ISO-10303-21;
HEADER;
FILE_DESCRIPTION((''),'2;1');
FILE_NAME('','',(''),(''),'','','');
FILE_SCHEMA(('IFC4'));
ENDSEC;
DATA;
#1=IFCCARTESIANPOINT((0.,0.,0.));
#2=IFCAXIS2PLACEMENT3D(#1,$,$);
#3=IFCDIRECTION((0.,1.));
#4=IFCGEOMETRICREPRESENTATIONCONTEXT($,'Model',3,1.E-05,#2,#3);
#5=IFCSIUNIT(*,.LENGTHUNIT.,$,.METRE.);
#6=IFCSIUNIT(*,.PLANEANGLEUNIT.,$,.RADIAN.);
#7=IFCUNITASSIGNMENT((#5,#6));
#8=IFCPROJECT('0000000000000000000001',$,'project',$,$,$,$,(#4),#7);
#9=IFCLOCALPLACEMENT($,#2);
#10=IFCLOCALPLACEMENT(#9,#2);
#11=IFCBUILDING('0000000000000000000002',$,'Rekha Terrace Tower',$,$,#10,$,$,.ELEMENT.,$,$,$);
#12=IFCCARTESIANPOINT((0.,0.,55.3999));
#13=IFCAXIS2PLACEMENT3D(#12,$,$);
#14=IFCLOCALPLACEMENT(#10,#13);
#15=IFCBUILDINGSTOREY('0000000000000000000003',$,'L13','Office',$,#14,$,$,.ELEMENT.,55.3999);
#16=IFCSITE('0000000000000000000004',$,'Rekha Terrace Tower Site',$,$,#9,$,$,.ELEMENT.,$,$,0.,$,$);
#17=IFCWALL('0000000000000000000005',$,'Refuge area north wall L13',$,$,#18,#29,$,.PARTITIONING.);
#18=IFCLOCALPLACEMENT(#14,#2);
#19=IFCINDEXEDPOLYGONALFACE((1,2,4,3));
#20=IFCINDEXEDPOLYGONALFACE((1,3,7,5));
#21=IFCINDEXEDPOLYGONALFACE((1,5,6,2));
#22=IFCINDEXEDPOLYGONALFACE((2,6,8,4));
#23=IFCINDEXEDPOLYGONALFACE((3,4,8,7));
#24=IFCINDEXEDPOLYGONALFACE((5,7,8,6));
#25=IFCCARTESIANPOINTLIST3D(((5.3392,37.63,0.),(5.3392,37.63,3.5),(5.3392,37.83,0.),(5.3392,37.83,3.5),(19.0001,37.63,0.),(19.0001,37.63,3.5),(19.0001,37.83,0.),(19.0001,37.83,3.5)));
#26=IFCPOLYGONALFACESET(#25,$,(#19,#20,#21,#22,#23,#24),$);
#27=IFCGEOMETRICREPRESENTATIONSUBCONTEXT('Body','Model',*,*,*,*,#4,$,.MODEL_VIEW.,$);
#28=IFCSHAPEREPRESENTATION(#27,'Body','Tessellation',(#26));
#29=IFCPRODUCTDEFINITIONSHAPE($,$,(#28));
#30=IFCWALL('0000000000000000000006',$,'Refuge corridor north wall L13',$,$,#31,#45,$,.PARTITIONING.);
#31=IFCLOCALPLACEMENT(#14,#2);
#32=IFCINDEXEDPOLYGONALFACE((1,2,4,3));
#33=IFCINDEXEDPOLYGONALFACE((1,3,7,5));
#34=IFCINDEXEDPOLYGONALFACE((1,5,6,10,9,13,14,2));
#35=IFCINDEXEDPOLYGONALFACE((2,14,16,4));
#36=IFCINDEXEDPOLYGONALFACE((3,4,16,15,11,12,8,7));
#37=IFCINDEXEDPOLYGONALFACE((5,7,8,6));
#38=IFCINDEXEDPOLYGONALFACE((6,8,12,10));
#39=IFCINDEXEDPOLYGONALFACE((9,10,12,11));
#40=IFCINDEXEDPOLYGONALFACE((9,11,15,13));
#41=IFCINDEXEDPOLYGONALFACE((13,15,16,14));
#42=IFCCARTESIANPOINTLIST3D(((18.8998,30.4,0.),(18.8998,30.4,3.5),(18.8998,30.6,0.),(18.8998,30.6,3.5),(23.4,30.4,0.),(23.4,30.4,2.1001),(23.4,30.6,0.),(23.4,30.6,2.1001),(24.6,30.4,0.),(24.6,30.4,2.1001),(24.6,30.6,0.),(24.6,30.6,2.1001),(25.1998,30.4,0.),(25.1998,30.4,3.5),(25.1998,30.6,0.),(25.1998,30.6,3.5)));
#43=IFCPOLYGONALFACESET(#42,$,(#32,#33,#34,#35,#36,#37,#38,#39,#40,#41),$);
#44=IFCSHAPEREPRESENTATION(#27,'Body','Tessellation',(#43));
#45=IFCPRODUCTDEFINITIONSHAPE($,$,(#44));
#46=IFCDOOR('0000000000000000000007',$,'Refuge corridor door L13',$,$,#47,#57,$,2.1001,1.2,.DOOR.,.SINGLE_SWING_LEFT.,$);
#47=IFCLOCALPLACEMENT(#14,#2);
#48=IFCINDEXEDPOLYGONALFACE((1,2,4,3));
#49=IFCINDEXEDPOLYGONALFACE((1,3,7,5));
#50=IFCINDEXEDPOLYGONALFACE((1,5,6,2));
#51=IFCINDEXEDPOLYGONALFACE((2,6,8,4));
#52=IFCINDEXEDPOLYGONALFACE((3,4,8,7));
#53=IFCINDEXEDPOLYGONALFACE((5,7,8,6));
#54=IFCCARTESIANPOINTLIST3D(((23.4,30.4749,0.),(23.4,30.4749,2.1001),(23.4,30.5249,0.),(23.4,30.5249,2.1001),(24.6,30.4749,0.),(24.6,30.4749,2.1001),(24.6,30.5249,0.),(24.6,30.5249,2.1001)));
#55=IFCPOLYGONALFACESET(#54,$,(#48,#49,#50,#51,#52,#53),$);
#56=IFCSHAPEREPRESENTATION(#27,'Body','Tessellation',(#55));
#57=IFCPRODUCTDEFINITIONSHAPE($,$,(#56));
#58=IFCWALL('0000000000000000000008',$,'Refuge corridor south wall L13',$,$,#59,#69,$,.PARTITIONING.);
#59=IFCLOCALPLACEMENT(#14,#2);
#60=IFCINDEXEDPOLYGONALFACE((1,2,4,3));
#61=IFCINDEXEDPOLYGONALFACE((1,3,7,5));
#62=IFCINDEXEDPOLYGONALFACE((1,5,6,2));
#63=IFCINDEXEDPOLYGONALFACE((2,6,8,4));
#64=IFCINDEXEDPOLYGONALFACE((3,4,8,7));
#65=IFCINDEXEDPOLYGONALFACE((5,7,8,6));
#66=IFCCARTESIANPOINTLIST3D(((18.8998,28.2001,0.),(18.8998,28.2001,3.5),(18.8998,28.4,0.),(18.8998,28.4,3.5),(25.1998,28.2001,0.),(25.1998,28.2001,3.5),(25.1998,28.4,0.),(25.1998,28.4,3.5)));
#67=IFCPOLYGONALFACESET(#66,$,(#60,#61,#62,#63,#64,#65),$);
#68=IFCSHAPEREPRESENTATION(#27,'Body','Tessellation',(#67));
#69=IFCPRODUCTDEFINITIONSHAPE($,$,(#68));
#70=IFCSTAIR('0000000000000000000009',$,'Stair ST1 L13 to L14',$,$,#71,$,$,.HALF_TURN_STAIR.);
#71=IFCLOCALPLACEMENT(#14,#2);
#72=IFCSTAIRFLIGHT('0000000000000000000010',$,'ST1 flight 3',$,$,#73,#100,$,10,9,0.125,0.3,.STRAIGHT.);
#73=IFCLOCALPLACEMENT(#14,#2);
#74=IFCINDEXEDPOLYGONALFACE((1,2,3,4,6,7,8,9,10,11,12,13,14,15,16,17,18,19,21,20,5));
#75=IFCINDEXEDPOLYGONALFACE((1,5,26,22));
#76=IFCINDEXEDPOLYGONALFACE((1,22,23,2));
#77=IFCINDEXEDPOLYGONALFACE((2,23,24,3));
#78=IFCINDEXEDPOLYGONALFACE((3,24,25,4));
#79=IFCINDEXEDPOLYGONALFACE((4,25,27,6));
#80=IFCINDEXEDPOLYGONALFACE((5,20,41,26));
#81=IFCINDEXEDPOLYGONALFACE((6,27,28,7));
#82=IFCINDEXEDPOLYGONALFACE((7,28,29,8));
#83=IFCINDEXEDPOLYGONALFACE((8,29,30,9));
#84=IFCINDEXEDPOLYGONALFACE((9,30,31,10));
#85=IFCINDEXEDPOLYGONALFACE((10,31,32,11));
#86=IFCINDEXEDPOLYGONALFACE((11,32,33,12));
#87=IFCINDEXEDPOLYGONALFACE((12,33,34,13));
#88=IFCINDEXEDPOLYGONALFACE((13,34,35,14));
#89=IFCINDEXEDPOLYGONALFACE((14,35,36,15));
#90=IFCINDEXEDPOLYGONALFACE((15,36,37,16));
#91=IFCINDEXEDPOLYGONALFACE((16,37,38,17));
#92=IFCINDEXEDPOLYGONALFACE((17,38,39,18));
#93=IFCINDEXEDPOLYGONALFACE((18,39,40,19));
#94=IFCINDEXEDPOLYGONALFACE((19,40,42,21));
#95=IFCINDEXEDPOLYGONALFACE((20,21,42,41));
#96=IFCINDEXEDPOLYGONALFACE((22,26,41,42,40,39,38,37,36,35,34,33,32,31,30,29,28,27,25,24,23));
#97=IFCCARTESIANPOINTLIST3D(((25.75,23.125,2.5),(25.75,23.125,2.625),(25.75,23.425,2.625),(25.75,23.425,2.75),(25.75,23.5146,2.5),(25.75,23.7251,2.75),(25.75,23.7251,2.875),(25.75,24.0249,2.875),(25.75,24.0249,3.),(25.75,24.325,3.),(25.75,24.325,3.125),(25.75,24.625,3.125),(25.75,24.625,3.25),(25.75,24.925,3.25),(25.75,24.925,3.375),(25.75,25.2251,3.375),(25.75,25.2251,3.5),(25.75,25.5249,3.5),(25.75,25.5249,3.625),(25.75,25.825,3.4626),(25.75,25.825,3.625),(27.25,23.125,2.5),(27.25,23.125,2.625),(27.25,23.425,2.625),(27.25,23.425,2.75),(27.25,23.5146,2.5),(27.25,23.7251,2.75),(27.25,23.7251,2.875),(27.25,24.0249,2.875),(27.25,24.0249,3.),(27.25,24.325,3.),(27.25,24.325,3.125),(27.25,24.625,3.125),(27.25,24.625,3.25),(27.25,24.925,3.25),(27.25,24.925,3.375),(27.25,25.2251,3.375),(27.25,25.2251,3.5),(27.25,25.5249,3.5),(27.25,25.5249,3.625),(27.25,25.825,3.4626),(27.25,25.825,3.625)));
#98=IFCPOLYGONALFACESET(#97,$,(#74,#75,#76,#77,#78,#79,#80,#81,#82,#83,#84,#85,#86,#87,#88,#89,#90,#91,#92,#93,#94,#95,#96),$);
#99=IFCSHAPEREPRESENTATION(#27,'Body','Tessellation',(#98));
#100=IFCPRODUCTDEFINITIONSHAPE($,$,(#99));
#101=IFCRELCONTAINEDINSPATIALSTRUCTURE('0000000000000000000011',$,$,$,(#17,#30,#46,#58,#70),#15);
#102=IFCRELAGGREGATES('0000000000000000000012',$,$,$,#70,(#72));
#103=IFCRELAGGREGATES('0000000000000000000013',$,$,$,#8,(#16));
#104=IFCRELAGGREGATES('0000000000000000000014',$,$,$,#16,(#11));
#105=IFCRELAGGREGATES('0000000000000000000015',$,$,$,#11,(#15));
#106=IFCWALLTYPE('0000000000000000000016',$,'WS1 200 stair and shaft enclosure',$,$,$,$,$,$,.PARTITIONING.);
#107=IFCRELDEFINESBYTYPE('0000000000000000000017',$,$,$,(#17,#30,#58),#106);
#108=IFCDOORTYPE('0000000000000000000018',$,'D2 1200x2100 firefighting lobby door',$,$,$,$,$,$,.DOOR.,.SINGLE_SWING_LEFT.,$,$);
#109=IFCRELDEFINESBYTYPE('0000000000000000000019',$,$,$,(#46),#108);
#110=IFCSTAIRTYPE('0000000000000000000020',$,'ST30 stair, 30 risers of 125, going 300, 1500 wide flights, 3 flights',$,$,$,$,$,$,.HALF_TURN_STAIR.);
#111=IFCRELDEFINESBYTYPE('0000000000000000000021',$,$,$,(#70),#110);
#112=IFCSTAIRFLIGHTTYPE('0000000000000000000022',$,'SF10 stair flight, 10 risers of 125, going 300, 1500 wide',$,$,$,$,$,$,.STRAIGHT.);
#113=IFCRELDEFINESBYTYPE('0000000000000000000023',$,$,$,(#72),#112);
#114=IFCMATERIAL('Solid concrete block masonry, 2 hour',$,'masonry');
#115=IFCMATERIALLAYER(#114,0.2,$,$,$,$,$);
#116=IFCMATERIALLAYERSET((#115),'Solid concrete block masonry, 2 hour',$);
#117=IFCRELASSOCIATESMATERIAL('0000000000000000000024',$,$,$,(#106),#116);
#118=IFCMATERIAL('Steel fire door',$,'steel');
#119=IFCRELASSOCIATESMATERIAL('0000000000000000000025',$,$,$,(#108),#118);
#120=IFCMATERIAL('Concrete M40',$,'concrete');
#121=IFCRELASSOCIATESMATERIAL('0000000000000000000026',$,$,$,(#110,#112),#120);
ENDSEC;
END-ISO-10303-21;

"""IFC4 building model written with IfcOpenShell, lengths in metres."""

from ifc_helpers import new_model, si_unit, direction, frame, frame_2d, origin, place, context, subcontext, project, spatial, polyline, rectangle, outline, extrude, material, layer, layer_set, type_object, element, fill, aggregate, save


model = new_model("IFC4")

# Units and contexts
model_context = context("Model", 3, precision=1e-05, world=origin(), true_north=direction((0.0, 1.0)))
body_context = subcontext(model_context, "Body", "Model", "MODEL_VIEW")
ifc_project = project(units=[si_unit("LENGTHUNIT", "METRE"), si_unit("PLANEANGLEUNIT", "RADIAN")], contexts=[model_context])

# Site, building, storey
site_placement = place(None, origin())
site = spatial("IfcSite", under=ifc_project, at=site_placement, Name="Rekha Terrace Tower Site", CompositionType="ELEMENT", RefElevation=0.0)
building_placement = place(site_placement, origin())
building = spatial("IfcBuilding", under=site, at=building_placement, Name="Rekha Terrace Tower", CompositionType="ELEMENT")
storey_placement = place(building_placement, frame((0.0, 0.0, 55.3999)))
storey = spatial("IfcBuildingStorey", under=building, at=storey_placement, Name="L13", Description="Office", CompositionType="ELEMENT", Elevation=55.3999)

# Shared definitions
ifc_material_1 = material(Name="Steel fire door", Category="steel")

# Wall
ifc_material_2 = material(Name="Solid concrete block masonry, 2 hour", Category="masonry")
ifc_layer_1 = layer(ifc_material_2, 0.2)
ifc_layer_set_1 = layer_set([ifc_layer_1], Name="Solid concrete block masonry, 2 hour")
wall_type_1 = type_object("IfcWallType", Name="WS1 200 stair and shaft enclosure", PredefinedType="PARTITIONING", material=ifc_layer_set_1)
wall_1_placement = place(storey_placement, frame((5.3391, 37.73, 0.0), z_axis=(0.0, 0.0, 1.0), x_axis=(1.0, 0.0, 0.0)))
element("IfcWall", 1, at=wall_1_placement, inside=storey, type_object=wall_type_1, Name="Refuge area north wall L13", PredefinedType="PARTITIONING", context=body_context, shape_type="SweptSolid", body=[
    extrude(rectangle(XDim=13.6609, YDim=0.2, at=frame_2d((6.8306, 0.0))), origin(), (0.0, 0.0, 1.0), 3.5),
])

# Wall, opening, door
wall_2_placement = place(storey_placement, frame((18.8999, 30.5, 0.0), z_axis=(0.0, 0.0, 1.0), x_axis=(1.0, 0.0, 0.0)))
wall_2 = element("IfcWall", 2, at=wall_2_placement, inside=storey, type_object=wall_type_1, Name="Refuge corridor north wall L13", PredefinedType="PARTITIONING", context=body_context, shape_type="SweptSolid", body=[
    extrude(rectangle(XDim=6.3, YDim=0.2, at=frame_2d((3.1499, 0.0))), origin(), (0.0, 0.0, 1.0), 3.5),
])
opening_1_placement = place(wall_2_placement, frame((4.5, 0.0, 0.0)))
opening_1 = element("IfcOpeningElement", 3, at=opening_1_placement, cuts=wall_2, PredefinedType="OPENING", context=body_context, shape_type="SweptSolid", body=[
    extrude(rectangle(XDim=1.2, YDim=2.1001, at=frame_2d((0.6001, 1.05))), frame((0.0, 0.1099, 0.0), z_axis=(0.0, -1.0, 0.0), x_axis=(1.0, 0.0, 0.0)), (0.0, 0.0, 1.0), 0.22),
])
door_type_1 = type_object("IfcDoorType", Name="D2 1200x2100 firefighting lobby door", OperationType="SINGLE_SWING_LEFT", PredefinedType="DOOR", material=ifc_material_1)
door_1_placement = place(opening_1_placement, origin())
door_1 = element("IfcDoor", 4, at=door_1_placement, inside=storey, type_object=door_type_1, Name="Refuge corridor door L13", OperationType="SINGLE_SWING_LEFT", OverallHeight=2.1001, OverallWidth=1.2, PredefinedType="DOOR", context=body_context, shape_type="SweptSolid", body=[
    extrude(rectangle(XDim=1.2, YDim=2.1001, at=frame_2d((0.6001, 1.05))), frame((0.0, 0.0249, 0.0), z_axis=(0.0, -1.0, 0.0), x_axis=(1.0, 0.0, 0.0)), (0.0, 0.0, 1.0), 0.05),
])
fill(opening_1, door_1)

# Wall
wall_3_placement = place(storey_placement, frame((18.8999, 28.3, 0.0), z_axis=(0.0, 0.0, 1.0), x_axis=(1.0, 0.0, 0.0)))
element("IfcWall", 5, at=wall_3_placement, inside=storey, type_object=wall_type_1, Name="Refuge corridor south wall L13", PredefinedType="PARTITIONING", context=body_context, shape_type="SweptSolid", body=[
    extrude(rectangle(XDim=6.3, YDim=0.2, at=frame_2d((3.1499, 0.0))), origin(), (0.0, 0.0, 1.0), 3.5),
])

# Stair, stair flight
ifc_material_3 = material(Name="Concrete M40", Category="concrete")
stair_type = type_object("IfcStairType", Name="ST30 stair, 30 risers of 125, going 300, 1500 wide flights, 3 flights", PredefinedType="HALF_TURN_STAIR", material=ifc_material_3)
stair_placement = place(storey_placement, origin())
stair = element("IfcStair", 6, at=stair_placement, inside=storey, type_object=stair_type, Name="Stair ST1 L13 to L14", PredefinedType="HALF_TURN_STAIR")
stair_flight_type = type_object("IfcStairFlightType", Name="SF10 stair flight, 10 risers of 125, going 300, 1500 wide", PredefinedType="STRAIGHT", material=ifc_material_3)
stair_flight_placement = place(storey_placement, frame((26.5, 23.125, 2.5), z_axis=(0.0, 0.0, 1.0), x_axis=(0.0, 1.0, 0.0)))
stair_flight = element("IfcStairFlight", 7, at=stair_flight_placement, type_object=stair_flight_type, Name="ST1 flight 3", NumberOfRisers=10, NumberOfTreads=9, PredefinedType="STRAIGHT", RiserHeight=0.125, TreadLength=0.3, context=body_context, shape_type="SweptSolid", body=[
    extrude(outline(polyline([(0.0, 0.0), (0.0, 0.125), (0.3, 0.125), (0.3, 0.25), (0.6001, 0.25), (0.6001, 0.375), (0.8999, 0.375), (0.8999, 0.5), (1.2, 0.5), (1.2, 0.625), (1.5, 0.625), (1.5, 0.75), (1.8, 0.75), (1.8, 0.875), (2.1001, 0.875), (2.1001, 1.0), (2.3999, 1.0), (2.3999, 1.125), (2.7, 1.125), (2.7, 1.25), (2.7, 0.9626), (0.3896, 0.0), (0.0, 0.0)])), frame((0.0, 0.75, 0.0), z_axis=(0.0, -1.0, 0.0), x_axis=(1.0, 0.0, 0.0)), (0.0, 0.0, 1.0), 1.5),
])
aggregate(stair, [stair_flight])

save(model, "model.ifc")
